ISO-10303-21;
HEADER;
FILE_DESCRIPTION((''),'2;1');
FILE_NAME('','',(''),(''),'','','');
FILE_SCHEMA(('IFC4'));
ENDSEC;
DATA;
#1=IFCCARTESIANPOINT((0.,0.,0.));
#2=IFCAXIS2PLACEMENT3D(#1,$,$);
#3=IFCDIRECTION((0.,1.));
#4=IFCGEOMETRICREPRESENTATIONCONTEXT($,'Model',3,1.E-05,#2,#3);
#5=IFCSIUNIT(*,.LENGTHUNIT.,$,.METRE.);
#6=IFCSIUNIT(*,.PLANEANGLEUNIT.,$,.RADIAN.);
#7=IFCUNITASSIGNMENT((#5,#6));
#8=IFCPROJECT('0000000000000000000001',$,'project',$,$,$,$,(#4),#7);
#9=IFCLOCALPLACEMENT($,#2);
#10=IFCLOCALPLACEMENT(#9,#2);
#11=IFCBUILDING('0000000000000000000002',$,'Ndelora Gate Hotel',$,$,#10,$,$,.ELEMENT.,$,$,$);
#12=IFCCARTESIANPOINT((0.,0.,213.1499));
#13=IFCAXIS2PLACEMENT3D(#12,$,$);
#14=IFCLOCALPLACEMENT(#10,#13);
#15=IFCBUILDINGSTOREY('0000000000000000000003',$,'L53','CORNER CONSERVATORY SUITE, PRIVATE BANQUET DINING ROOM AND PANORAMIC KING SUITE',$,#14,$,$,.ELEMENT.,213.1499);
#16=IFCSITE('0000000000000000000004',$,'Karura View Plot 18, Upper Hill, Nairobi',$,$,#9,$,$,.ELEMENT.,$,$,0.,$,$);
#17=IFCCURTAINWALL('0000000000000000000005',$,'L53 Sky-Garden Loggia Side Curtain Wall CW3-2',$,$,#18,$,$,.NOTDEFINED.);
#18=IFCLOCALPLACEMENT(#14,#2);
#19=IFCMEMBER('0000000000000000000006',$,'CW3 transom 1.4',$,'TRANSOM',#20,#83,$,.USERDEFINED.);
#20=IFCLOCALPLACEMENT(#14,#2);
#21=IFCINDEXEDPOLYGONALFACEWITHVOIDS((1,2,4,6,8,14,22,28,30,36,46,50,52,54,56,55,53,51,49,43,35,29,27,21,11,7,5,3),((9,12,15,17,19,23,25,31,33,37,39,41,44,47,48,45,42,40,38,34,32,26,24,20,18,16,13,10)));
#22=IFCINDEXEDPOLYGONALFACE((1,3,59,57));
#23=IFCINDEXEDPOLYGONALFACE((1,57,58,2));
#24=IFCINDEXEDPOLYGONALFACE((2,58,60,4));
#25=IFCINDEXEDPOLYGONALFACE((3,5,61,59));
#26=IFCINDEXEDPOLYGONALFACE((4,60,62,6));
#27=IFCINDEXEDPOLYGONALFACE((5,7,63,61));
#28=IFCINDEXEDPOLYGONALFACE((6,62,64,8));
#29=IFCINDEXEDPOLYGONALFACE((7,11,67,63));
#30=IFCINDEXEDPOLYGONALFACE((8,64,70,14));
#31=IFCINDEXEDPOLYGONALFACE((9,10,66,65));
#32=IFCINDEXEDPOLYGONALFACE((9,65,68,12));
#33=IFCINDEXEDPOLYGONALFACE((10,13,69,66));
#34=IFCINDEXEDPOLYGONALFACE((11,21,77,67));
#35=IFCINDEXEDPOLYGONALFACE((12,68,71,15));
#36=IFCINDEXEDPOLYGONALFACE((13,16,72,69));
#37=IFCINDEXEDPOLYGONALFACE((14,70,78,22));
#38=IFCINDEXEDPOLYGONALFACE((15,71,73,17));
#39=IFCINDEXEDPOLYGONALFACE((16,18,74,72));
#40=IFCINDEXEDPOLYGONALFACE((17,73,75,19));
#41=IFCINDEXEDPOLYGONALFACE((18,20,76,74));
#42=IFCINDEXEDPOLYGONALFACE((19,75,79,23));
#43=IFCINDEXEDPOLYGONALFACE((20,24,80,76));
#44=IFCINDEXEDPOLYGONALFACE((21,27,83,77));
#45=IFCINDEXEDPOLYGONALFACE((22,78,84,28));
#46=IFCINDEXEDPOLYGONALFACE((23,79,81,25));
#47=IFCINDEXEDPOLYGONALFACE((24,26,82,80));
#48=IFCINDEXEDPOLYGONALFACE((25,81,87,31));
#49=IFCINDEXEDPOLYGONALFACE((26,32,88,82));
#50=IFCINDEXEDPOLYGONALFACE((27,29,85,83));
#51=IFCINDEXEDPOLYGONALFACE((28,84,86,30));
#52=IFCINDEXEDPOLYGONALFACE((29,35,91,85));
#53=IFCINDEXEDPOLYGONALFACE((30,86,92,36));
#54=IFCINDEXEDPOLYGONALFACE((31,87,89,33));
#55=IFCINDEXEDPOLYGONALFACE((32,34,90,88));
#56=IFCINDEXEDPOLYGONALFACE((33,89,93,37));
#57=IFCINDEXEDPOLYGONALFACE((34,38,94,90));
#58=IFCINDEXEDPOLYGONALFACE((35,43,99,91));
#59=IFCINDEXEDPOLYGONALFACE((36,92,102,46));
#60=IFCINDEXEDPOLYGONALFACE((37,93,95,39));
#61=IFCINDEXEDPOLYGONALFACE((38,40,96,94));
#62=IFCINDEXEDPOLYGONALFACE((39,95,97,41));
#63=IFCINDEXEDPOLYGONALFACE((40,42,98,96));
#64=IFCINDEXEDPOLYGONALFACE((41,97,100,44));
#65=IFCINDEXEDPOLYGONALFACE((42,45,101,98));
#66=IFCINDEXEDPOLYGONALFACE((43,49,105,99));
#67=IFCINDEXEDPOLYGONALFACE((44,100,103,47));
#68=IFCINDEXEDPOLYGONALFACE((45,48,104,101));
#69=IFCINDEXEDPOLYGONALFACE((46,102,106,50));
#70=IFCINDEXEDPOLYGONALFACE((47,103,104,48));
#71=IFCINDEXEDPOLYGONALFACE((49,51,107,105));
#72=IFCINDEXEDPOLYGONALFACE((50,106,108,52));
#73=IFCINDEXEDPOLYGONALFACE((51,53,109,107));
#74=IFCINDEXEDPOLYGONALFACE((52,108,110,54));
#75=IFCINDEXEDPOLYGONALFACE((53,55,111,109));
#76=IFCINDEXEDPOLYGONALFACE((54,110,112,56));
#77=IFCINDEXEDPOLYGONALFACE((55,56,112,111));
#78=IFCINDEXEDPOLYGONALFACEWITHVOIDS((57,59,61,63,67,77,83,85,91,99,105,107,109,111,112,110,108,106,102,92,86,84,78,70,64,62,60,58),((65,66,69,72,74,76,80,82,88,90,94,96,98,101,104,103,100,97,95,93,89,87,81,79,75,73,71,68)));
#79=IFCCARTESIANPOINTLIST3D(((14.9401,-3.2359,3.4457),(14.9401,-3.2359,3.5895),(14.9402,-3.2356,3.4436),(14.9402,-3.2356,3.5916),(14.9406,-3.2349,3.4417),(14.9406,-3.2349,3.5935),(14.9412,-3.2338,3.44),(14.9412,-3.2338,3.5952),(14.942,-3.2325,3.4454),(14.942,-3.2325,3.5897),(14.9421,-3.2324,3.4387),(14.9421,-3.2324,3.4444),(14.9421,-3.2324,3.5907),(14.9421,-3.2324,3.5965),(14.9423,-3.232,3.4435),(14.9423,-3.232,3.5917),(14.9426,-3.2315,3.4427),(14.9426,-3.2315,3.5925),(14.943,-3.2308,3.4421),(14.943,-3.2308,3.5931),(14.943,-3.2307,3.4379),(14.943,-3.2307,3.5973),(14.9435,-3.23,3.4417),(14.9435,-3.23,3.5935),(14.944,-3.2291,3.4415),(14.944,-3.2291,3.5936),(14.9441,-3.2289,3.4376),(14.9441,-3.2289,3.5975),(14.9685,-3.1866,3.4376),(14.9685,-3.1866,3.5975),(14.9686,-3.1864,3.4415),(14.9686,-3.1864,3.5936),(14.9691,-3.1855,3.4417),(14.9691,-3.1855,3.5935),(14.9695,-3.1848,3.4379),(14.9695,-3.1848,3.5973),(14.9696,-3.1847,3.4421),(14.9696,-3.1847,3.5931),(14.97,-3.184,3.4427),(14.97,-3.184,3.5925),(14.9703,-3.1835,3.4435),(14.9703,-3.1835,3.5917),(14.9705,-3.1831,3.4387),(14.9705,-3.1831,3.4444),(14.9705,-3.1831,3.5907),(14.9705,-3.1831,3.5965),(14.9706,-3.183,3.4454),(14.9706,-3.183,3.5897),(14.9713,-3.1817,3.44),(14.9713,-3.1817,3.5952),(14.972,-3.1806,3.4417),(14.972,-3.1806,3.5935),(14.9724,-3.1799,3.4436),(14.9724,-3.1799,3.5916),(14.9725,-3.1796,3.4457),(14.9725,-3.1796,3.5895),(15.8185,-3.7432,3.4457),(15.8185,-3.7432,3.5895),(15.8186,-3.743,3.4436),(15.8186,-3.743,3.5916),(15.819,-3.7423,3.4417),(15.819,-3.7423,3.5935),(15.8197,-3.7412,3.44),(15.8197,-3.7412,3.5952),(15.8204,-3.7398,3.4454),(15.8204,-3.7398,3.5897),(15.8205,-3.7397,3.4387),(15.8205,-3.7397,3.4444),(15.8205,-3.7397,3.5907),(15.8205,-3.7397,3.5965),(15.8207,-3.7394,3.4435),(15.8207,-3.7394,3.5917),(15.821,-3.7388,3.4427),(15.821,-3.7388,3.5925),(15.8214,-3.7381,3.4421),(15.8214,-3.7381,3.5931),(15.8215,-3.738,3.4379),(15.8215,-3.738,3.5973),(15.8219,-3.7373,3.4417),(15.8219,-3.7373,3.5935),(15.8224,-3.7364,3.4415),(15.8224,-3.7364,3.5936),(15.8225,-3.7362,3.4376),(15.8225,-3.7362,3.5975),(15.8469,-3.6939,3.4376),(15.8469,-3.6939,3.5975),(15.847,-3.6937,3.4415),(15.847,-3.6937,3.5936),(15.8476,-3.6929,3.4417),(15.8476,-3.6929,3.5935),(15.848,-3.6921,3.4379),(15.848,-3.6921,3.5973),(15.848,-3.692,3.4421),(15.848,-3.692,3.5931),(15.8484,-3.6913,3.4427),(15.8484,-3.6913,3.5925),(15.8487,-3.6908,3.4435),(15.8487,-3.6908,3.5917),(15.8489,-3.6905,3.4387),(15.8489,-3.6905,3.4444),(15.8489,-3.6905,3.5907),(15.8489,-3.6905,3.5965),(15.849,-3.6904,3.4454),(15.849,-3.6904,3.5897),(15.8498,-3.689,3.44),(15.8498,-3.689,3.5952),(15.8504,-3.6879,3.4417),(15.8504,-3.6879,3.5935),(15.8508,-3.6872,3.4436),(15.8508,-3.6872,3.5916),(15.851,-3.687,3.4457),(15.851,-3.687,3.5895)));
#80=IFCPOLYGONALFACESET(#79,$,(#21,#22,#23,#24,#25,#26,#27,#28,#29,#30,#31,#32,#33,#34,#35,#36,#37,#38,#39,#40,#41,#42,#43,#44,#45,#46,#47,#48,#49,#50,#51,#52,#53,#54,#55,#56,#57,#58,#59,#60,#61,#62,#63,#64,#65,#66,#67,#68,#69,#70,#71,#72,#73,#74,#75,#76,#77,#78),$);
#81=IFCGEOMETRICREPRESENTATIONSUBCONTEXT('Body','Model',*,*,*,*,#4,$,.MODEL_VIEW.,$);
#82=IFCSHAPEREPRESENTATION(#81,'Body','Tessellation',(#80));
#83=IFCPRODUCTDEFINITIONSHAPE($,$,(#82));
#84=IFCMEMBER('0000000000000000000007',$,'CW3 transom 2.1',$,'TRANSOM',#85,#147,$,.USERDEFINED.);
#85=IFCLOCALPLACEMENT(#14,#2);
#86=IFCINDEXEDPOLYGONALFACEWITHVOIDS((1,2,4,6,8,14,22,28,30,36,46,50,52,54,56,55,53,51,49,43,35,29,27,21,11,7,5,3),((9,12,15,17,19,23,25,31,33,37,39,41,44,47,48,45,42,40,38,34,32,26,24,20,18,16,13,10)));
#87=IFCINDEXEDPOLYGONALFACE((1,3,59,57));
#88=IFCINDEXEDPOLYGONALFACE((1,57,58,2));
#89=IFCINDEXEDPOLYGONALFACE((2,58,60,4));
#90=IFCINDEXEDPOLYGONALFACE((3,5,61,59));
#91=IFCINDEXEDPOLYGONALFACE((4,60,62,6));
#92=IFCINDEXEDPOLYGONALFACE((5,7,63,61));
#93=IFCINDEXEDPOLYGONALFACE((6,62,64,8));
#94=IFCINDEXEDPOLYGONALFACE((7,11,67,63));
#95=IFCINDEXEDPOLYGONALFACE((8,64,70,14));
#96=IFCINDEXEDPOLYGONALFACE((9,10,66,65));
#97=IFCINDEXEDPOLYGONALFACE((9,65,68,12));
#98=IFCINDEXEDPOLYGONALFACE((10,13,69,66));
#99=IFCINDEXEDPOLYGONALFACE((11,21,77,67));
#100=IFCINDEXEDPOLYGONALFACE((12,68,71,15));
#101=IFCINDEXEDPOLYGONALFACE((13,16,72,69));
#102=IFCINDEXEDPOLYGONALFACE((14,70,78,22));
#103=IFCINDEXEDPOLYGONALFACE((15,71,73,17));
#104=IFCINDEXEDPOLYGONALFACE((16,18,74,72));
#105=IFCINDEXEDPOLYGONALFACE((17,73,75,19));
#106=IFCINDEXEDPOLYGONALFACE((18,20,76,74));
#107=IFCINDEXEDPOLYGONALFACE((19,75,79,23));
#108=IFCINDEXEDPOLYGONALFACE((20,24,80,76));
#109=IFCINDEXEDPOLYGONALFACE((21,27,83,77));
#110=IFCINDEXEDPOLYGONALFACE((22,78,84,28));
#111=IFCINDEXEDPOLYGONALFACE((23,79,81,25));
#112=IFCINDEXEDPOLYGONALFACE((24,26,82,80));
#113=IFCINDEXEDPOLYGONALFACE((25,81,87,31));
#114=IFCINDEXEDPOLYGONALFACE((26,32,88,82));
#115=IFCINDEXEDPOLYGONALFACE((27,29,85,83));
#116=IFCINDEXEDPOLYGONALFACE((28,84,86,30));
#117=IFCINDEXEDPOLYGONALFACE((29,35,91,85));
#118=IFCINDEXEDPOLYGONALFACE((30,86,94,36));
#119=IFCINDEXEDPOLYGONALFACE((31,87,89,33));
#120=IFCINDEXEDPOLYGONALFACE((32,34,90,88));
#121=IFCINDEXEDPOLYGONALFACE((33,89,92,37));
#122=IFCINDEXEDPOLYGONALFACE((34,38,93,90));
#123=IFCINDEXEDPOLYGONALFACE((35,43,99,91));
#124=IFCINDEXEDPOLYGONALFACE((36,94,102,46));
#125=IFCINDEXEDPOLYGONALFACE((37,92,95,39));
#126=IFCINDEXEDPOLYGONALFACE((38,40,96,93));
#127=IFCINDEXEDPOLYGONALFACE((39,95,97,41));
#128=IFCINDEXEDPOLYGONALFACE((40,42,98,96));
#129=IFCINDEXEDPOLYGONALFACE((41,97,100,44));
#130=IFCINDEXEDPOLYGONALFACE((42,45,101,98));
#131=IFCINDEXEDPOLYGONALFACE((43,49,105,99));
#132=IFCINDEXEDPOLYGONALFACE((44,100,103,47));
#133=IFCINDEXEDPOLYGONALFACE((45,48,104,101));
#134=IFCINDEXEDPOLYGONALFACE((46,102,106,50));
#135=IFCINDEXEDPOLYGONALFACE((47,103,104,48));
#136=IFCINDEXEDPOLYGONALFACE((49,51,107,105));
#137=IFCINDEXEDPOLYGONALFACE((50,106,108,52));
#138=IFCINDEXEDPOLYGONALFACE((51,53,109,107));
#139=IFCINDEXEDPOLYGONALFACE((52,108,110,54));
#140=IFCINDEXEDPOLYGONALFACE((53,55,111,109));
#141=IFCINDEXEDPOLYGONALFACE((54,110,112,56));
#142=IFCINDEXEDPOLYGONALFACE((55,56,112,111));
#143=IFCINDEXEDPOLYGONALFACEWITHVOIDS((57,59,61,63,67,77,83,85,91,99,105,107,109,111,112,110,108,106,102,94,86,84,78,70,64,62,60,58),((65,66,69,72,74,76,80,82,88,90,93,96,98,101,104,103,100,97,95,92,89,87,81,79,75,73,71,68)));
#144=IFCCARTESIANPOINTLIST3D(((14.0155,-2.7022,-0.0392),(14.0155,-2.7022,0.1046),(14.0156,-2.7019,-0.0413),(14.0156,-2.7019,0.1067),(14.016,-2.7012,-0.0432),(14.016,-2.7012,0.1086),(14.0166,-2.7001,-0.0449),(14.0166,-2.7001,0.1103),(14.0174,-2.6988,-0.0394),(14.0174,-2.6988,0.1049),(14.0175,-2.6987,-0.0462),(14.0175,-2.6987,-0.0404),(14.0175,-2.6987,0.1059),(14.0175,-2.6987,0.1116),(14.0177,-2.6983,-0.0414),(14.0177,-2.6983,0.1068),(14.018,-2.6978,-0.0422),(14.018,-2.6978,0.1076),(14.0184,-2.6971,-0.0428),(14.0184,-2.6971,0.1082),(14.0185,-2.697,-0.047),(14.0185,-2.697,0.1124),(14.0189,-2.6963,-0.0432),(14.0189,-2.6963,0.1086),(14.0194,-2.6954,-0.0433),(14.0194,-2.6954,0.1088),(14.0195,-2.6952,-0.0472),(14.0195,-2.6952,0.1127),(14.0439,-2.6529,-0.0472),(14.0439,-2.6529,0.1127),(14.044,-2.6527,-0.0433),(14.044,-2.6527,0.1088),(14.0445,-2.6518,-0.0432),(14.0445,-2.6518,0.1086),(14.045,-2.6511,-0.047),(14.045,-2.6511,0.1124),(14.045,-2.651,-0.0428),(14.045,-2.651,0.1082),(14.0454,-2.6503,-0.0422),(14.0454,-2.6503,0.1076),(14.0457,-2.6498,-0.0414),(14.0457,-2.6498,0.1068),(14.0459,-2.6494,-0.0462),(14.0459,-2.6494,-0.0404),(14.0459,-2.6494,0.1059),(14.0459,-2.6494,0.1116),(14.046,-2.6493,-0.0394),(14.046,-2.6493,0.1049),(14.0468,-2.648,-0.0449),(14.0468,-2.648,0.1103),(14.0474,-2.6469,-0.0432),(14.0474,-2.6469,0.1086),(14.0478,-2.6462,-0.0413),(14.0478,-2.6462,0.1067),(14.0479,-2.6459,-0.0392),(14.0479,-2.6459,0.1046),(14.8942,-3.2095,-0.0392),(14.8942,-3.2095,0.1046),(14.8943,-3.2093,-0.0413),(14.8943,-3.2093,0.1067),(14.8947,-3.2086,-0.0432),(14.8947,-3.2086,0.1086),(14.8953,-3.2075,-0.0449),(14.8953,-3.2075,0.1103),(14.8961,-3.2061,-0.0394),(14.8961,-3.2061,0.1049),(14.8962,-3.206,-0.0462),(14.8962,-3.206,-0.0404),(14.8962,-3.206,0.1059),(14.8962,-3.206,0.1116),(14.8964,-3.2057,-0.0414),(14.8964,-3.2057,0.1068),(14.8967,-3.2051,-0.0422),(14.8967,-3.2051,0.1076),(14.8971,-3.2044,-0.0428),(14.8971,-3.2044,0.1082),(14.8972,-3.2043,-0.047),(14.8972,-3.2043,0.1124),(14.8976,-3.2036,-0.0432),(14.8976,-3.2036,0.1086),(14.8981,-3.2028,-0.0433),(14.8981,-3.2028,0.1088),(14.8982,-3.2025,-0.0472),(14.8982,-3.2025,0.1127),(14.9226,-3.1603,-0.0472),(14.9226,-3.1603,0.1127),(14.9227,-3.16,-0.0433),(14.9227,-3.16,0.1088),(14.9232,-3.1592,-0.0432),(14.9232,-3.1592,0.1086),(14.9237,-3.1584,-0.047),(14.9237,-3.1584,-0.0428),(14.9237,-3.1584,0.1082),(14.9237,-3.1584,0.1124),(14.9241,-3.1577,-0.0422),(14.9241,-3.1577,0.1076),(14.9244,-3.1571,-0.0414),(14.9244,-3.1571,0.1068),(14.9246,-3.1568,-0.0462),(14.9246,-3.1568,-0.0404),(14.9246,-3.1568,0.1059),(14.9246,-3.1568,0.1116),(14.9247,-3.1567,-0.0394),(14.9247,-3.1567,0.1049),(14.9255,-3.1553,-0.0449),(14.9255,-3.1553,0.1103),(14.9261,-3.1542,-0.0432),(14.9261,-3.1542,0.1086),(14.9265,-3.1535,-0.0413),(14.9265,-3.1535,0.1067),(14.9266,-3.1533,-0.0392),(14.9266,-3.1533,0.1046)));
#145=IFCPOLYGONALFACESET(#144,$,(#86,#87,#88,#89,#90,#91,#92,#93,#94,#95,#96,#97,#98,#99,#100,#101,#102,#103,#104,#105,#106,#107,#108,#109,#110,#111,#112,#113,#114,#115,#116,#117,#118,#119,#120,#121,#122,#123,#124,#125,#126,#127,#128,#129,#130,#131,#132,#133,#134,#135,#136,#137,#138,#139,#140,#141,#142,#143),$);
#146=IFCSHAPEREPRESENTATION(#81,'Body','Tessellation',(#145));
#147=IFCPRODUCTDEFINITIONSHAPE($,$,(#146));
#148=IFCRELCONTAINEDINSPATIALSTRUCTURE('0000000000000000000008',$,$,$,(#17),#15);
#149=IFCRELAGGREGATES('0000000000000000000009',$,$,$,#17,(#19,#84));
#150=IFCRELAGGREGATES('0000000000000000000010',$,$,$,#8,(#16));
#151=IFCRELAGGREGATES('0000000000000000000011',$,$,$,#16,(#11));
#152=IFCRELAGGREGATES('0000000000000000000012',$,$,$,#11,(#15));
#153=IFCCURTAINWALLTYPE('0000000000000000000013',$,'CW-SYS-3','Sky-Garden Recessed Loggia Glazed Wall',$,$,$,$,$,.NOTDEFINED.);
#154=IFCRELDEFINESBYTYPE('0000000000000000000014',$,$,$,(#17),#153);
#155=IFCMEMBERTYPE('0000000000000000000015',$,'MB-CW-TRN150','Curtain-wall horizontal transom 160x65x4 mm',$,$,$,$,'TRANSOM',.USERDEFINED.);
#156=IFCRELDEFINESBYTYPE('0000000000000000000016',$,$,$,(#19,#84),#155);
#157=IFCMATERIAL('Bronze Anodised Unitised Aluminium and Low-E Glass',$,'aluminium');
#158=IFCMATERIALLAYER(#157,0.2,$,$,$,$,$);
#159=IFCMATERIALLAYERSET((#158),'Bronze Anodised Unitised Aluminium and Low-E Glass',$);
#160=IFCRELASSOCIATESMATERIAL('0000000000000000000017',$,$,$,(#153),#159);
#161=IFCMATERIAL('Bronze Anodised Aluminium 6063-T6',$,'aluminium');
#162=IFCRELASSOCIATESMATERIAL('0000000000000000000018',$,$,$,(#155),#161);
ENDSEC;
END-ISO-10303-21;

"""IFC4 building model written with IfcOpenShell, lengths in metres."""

from ifc_helpers import new_model, si_unit, direction, frame, origin, origin_2d, place, context, subcontext, project, spatial, hollow_rectangle, extrude, material, layer, layer_set, material_profile, profile_set, type_object, element, aggregate, save


model = new_model("IFC4")

# Units and contexts
model_context = context("Model", 3, precision=1e-05, world=origin(), true_north=direction((0.0, 1.0)))
body_context = subcontext(model_context, "Body", "Model", "MODEL_VIEW")
ifc_project = project(units=[si_unit("LENGTHUNIT", "METRE"), si_unit("PLANEANGLEUNIT", "RADIAN")], contexts=[model_context])

# Site, building, storey
site_placement = place(None, origin())
site = spatial("IfcSite", under=ifc_project, at=site_placement, Name="Karura View Plot 18, Upper Hill, Nairobi", CompositionType="ELEMENT", RefElevation=0.0)
building_placement = place(site_placement, origin())
building = spatial("IfcBuilding", under=site, at=building_placement, Name="Ndelora Gate Hotel", CompositionType="ELEMENT")
storey_placement = place(building_placement, frame((0.0, 0.0, 213.1499)))
storey = spatial("IfcBuildingStorey", under=building, at=storey_placement, Name="L53", Description="CORNER CONSERVATORY SUITE, PRIVATE BANQUET DINING ROOM AND PANORAMIC KING SUITE", CompositionType="ELEMENT", Elevation=213.1499)

# Curtain wall, members
ifc_material_1 = material(Name="Bronze Anodised Unitised Aluminium and Low-E Glass", Category="aluminium")
ifc_layer_1 = layer(ifc_material_1, 0.2)
ifc_layer_set_1 = layer_set([ifc_layer_1], Name="Bronze Anodised Unitised Aluminium and Low-E Glass")
curtain_wall_type = type_object("IfcCurtainWallType", Name="CW-SYS-3", Description="Sky-Garden Recessed Loggia Glazed Wall", PredefinedType="NOTDEFINED", material=ifc_layer_set_1)
curtain_wall_placement = place(storey_placement, origin())
curtain_wall = element("IfcCurtainWall", 1, at=curtain_wall_placement, inside=storey, type_object=curtain_wall_type, Name="L53 Sky-Garden Loggia Side Curtain Wall CW3-2", PredefinedType="NOTDEFINED")
ifc_material_2 = material(Name="Bronze Anodised Aluminium 6063-T6", Category="aluminium")
ifc_material_profile_1 = material_profile(ifc_material_2, hollow_rectangle(XDim=0.0649, YDim=0.1599, WallThickness=0.0039, InnerFilletRadius=0.0039, OuterFilletRadius=0.0081, at=origin_2d()), Name="ALU 160x65x4")
ifc_profile_set_1 = profile_set([ifc_material_profile_1], Name="Bronze Anodised Aluminium 6063-T6")
member_type_1 = type_object("IfcMemberType", Name="MB-CW-TRN150", Description="Curtain-wall horizontal transom 160x65x4 mm", ElementType="TRANSOM", PredefinedType="USERDEFINED", material=ifc_profile_set_1)
member_1_placement = place(storey_placement, frame((15.8347, -3.7151, 3.5176), z_axis=(-0.865953, 0.500125, 0.0), x_axis=(-0.500125, -0.865953, 0.0)))
member_1 = element("IfcMember", 2, at=member_1_placement, type_object=member_type_1, Name="CW3 transom 1.4", ObjectType="TRANSOM", PredefinedType="USERDEFINED", context=body_context, shape_type="SweptSolid", body=[
    extrude(hollow_rectangle(XDim=0.0649, YDim=0.1599, WallThickness=0.0039, InnerFilletRadius=0.0039, OuterFilletRadius=0.0081, at=origin_2d()), origin(), (0.0, 0.0, 1.0), 1.0144),
])
member_2_placement = place(storey_placement, frame((14.9104, -3.1814, 0.0327), z_axis=(-0.866013, 0.500021, 0.0), x_axis=(-0.500021, -0.866013, 0.0)))
member_2 = element("IfcMember", 3, at=member_2_placement, type_object=member_type_1, Name="CW3 transom 2.1", ObjectType="TRANSOM", PredefinedType="USERDEFINED", context=body_context, shape_type="SweptSolid", body=[
    extrude(hollow_rectangle(XDim=0.0649, YDim=0.1599, WallThickness=0.0039, InnerFilletRadius=0.0039, OuterFilletRadius=0.0081, at=origin_2d()), origin(), (0.0, 0.0, 1.0), 1.0146),
])
aggregate(curtain_wall, [member_1, member_2])

save(model, "model.ifc")
